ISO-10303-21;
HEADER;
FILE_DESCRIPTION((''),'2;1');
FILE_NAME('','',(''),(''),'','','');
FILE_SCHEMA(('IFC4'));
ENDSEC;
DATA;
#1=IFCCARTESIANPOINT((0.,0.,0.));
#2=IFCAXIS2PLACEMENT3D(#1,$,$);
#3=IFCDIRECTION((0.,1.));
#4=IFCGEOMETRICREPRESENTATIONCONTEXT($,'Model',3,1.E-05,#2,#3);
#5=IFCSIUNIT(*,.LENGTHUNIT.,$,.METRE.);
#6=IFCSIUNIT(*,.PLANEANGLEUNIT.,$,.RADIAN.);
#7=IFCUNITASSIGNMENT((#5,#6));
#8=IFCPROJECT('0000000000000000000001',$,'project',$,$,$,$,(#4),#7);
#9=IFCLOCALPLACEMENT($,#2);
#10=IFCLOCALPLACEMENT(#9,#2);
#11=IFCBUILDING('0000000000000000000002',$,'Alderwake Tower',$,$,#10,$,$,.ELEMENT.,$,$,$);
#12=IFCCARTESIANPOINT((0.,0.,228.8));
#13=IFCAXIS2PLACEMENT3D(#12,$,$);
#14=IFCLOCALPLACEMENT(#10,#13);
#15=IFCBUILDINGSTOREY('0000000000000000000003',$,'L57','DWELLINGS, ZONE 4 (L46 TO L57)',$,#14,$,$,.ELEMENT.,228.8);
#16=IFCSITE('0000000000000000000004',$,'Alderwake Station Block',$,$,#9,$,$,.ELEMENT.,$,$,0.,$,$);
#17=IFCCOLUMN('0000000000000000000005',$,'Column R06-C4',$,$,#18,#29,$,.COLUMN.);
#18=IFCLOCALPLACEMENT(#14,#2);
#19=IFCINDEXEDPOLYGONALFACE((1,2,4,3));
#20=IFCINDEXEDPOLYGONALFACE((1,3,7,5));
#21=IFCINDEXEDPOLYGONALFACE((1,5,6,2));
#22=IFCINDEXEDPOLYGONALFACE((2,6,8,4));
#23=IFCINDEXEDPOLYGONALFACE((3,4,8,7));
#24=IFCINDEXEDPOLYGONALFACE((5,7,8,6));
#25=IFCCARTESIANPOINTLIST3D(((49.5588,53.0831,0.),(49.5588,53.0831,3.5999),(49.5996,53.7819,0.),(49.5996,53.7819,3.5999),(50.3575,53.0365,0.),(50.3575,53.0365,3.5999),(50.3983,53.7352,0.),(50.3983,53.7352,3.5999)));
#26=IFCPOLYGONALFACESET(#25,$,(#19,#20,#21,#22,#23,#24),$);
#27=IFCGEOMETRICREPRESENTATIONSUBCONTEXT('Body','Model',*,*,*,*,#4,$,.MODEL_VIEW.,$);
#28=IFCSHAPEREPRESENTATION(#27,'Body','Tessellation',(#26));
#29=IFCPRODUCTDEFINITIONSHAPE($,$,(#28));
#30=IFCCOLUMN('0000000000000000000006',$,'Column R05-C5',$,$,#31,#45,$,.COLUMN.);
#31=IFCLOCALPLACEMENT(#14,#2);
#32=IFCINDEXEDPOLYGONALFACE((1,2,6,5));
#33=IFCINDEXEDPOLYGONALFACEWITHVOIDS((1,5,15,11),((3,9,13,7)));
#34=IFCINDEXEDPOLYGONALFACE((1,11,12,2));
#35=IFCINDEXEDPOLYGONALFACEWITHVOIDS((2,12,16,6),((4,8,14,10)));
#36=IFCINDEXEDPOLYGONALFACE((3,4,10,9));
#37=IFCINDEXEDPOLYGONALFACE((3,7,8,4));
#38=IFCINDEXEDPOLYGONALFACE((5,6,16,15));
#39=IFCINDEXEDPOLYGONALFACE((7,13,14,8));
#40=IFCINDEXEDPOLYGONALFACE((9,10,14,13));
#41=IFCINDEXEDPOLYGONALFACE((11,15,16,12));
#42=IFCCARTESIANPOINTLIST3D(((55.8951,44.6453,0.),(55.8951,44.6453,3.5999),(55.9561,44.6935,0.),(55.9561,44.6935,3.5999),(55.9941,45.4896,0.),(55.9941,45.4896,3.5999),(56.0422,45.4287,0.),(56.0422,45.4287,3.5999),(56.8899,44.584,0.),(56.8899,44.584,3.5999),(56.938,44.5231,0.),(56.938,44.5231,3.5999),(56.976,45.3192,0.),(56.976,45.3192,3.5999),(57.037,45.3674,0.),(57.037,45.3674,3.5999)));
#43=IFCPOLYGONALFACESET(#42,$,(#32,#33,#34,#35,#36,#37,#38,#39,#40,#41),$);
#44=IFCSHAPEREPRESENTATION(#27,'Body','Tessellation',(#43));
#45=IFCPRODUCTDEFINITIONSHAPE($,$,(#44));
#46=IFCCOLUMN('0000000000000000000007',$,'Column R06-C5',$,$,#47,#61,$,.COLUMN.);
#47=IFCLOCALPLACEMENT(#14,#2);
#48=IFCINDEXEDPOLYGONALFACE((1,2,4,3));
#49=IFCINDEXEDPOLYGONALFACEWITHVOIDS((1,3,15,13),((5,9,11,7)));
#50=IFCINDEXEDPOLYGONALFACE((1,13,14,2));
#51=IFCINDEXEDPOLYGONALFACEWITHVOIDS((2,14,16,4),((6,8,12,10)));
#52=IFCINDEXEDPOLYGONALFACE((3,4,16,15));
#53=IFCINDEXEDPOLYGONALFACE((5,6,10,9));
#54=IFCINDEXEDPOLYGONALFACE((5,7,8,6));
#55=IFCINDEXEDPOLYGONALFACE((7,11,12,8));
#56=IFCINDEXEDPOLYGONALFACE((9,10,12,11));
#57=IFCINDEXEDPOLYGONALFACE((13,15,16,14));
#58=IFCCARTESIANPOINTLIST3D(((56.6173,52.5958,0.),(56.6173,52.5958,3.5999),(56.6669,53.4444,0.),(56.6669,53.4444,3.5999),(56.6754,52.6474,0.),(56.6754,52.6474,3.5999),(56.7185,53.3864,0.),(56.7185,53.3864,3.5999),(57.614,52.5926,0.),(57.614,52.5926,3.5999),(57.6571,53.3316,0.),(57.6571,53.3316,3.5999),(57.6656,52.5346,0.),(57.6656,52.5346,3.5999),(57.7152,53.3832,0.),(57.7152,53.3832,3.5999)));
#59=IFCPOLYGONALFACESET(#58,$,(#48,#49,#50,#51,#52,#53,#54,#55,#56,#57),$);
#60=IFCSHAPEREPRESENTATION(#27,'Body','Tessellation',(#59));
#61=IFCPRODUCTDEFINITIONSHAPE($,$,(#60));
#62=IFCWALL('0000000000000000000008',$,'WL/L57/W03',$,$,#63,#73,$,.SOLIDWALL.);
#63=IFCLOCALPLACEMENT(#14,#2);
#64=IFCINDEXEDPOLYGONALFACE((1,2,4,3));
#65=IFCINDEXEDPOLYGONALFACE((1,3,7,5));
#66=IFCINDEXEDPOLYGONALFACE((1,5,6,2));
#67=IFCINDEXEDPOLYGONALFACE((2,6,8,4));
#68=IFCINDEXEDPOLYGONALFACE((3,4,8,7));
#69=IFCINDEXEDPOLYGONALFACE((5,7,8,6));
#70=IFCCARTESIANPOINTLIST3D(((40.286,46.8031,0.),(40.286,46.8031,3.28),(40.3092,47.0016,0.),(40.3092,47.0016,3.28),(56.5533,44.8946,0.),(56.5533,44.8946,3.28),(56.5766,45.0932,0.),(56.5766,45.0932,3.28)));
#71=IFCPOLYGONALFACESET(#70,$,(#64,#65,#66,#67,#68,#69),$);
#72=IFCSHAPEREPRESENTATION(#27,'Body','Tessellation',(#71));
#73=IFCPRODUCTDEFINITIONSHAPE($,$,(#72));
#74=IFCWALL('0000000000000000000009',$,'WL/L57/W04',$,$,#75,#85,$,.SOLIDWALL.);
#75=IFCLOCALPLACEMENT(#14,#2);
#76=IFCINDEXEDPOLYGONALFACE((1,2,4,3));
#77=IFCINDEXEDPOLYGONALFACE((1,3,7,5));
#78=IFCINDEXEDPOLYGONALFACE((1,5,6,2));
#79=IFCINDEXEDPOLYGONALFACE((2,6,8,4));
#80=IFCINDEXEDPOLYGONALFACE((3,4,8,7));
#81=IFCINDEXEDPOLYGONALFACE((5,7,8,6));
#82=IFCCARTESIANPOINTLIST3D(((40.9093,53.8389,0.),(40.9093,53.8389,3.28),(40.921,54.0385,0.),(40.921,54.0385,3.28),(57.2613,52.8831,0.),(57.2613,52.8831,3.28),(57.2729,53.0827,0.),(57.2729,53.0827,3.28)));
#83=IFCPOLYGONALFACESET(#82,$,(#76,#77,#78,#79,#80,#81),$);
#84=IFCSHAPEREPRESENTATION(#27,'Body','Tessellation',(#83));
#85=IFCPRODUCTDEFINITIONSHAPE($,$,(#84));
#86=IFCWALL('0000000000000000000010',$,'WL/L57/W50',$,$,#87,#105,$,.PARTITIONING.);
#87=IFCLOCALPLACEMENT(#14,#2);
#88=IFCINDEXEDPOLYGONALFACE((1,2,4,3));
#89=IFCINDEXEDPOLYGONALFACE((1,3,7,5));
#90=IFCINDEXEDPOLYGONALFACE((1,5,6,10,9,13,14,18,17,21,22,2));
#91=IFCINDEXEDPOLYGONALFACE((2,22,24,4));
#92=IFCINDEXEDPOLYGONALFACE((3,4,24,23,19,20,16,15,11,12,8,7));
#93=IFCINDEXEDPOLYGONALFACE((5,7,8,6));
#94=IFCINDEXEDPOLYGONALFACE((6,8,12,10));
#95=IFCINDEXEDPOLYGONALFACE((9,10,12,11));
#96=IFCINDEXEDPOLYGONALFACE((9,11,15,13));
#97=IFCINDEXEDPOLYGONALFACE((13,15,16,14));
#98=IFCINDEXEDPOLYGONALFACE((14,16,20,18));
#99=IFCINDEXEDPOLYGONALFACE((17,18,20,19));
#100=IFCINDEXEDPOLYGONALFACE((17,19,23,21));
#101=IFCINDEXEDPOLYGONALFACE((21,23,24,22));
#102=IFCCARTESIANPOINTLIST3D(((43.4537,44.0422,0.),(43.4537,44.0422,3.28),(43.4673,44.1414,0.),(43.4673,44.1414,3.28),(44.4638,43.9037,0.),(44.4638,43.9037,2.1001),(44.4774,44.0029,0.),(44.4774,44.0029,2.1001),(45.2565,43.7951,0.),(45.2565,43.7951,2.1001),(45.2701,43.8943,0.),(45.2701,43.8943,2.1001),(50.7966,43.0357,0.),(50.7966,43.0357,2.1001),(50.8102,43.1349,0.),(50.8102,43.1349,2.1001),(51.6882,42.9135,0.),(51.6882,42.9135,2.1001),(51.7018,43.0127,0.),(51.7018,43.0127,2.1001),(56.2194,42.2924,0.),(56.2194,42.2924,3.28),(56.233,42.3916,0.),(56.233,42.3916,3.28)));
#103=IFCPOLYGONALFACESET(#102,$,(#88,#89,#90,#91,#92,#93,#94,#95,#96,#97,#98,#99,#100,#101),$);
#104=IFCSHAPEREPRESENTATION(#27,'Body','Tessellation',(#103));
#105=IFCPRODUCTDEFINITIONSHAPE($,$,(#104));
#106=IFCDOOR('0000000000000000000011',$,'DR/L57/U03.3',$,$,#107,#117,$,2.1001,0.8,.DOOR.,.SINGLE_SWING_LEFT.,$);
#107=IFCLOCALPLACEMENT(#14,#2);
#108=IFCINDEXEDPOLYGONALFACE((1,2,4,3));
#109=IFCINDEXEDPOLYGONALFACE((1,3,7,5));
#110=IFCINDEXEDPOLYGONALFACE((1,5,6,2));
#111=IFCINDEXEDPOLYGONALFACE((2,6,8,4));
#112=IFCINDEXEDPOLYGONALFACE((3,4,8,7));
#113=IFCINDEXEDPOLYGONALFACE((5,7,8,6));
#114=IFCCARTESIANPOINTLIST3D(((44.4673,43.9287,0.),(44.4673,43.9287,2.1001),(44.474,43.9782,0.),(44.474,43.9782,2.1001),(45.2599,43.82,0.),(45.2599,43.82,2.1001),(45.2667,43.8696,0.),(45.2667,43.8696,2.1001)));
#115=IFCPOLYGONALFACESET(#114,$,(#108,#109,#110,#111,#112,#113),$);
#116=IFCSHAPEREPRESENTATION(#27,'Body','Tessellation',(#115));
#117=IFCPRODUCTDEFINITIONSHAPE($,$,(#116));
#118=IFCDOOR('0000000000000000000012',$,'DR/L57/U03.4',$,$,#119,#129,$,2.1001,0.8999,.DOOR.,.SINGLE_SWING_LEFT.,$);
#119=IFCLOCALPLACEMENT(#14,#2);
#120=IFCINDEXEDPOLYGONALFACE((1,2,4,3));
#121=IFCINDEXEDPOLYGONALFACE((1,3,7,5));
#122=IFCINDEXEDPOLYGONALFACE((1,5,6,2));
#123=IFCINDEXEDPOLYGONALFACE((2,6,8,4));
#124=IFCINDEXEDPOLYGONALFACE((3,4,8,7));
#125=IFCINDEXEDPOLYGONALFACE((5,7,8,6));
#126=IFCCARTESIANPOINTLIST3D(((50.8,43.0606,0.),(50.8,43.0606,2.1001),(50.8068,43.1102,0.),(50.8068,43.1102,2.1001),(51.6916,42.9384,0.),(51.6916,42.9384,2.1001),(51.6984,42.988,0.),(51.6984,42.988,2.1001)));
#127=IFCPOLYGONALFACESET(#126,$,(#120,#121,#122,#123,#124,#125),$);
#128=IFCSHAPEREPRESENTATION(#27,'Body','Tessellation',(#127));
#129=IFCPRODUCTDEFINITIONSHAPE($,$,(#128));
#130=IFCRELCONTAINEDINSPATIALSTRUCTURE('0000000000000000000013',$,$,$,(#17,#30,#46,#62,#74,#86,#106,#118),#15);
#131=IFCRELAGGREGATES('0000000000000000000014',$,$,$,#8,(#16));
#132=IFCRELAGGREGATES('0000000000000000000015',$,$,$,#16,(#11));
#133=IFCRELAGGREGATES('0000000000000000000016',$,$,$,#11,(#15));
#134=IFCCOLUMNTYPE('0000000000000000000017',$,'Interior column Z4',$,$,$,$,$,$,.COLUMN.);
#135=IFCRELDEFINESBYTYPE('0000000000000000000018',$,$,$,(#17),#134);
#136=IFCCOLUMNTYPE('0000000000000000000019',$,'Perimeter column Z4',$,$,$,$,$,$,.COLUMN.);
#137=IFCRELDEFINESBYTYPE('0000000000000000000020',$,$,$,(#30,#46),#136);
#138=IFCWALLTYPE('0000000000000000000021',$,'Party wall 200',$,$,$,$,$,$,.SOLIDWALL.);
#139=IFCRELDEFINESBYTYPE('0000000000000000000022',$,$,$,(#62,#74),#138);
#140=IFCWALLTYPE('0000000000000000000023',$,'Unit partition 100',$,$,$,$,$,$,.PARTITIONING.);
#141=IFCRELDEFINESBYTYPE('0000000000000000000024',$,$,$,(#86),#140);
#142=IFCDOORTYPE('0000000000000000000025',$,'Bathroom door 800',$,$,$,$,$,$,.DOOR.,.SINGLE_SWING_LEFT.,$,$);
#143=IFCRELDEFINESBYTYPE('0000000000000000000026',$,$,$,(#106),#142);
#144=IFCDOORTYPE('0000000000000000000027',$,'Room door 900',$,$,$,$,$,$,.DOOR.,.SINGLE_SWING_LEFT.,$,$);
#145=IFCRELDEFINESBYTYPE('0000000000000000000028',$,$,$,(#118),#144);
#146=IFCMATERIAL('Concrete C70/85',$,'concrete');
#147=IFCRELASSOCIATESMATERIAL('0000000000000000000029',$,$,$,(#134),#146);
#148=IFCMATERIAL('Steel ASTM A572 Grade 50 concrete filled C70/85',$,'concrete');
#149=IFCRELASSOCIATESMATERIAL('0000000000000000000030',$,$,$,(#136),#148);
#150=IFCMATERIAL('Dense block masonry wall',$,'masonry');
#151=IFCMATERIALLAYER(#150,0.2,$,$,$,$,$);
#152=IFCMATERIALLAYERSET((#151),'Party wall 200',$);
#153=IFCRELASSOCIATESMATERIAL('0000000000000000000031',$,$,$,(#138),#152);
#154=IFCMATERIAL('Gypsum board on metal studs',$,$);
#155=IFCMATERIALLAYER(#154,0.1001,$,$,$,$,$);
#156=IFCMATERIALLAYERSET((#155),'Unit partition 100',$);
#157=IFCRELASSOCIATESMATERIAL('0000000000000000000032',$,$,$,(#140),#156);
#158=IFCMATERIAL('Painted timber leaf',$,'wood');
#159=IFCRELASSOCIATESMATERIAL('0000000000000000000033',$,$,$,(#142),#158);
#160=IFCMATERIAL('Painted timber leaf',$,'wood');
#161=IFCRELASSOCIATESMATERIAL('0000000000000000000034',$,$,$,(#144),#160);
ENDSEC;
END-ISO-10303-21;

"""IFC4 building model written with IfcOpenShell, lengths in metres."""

from ifc_helpers import new_model, si_unit, direction, frame, frame_2d, origin, origin_2d, place, context, subcontext, project, spatial, rectangle, hollow_rectangle, extrude, material, layer, layer_set, material_profile, profile_set, type_object, element, fill, save


model = new_model("IFC4")

# Units and contexts
model_context = context("Model", 3, precision=1e-05, world=origin(), true_north=direction((0.0, 1.0)))
body_context = subcontext(model_context, "Body", "Model", "MODEL_VIEW")
ifc_project = project(units=[si_unit("LENGTHUNIT", "METRE"), si_unit("PLANEANGLEUNIT", "RADIAN")], contexts=[model_context])

# Site, building, storey
site_placement = place(None, origin())
site = spatial("IfcSite", under=ifc_project, at=site_placement, Name="Alderwake Station Block", CompositionType="ELEMENT", RefElevation=0.0)
building_placement = place(site_placement, origin())
building = spatial("IfcBuilding", under=site, at=building_placement, Name="Alderwake Tower", CompositionType="ELEMENT")
storey_placement = place(building_placement, frame((0.0, 0.0, 228.8)))
storey = spatial("IfcBuildingStorey", under=building, at=storey_placement, Name="L57", Description="DWELLINGS, ZONE 4 (L46 TO L57)", CompositionType="ELEMENT", Elevation=228.8)

# Columns
ifc_material_1 = material(Name="Concrete C70/85", Category="concrete")
ifc_material_profile_1 = material_profile(ifc_material_1, rectangle(XDim=0.7, YDim=0.8, at=origin_2d()), Name="RC 800X700")
ifc_profile_set_1 = profile_set([ifc_material_profile_1], Name="Concrete C70/85")
column_type_1 = type_object("IfcColumnType", Name="Interior column Z4", PredefinedType="COLUMN", material=ifc_profile_set_1)
column_placement = place(storey_placement, frame((49.9785, 53.4092, 0.0), z_axis=(0.0, 0.0, 1.0), x_axis=(0.058301, 0.998299, 0.0)))
element("IfcColumn", 1, at=column_placement, inside=storey, type_object=column_type_1, Name="Column R06-C4", PredefinedType="COLUMN", context=body_context, shape_type="SweptSolid", body=[
    extrude(rectangle(XDim=0.7, YDim=0.8, at=origin_2d()), origin(), (0.0, 0.0, 1.0), 3.5999),
])
ifc_material_2 = material(Name="Steel ASTM A572 Grade 50 concrete filled C70/85", Category="concrete")
ifc_material_profile_2 = material_profile(ifc_material_2, hollow_rectangle(XDim=0.8501, YDim=1.05, WallThickness=0.0549, at=origin_2d()), Name="BOX 1050X850X55")
ifc_profile_set_2 = profile_set([ifc_material_profile_2], Name="Steel ASTM A572 Grade 50 concrete filled C70/85")
column_type_2 = type_object("IfcColumnType", Name="Perimeter column Z4", PredefinedType="COLUMN", material=ifc_profile_set_2)
for number, where, z_axis, x_axis, name in (
    (2, (56.4661, 45.0063, 0.0), (0.0, 0.0, 1.0), (0.116402, 0.993202, 0.0), "Column R05-C5"),
    (3, (57.1663, 52.9895, 0.0), (0.0, 0.0, 1.0), (0.058301, 0.998299, 0.0), "Column R06-C5"),
):
    element("IfcColumn", number, at=place(storey_placement, frame(where, z_axis=z_axis, x_axis=x_axis)), inside=storey, type_object=column_type_2, Name=name, PredefinedType="COLUMN", context=body_context, shape_type="SweptSolid", body=[
        extrude(hollow_rectangle(XDim=0.8501, YDim=1.05, WallThickness=0.0549, at=origin_2d()), origin(), (0.0, 0.0, 1.0), 3.5999),
    ])

# Walls
ifc_material_3 = material(Name="Dense block masonry wall", Category="masonry")
ifc_layer_1 = layer(ifc_material_3, 0.2)
ifc_layer_set_1 = layer_set([ifc_layer_1], Name="Party wall 200")
wall_type_1 = type_object("IfcWallType", Name="Party wall 200", PredefinedType="SOLIDWALL", material=ifc_layer_set_1)
wall_1_placement = place(storey_placement, frame((56.5649, 44.9939, 0.0), z_axis=(0.0, 0.0, 1.0), x_axis=(-0.993189, 0.116519, 0.0)))
element("IfcWall", 4, at=wall_1_placement, inside=storey, type_object=wall_type_1, Name="WL/L57/W03", PredefinedType="SOLIDWALL", context=body_context, shape_type="SweptSolid", body=[
    extrude(rectangle(XDim=16.3789, YDim=0.2, at=frame_2d((8.1895, 0.0))), origin(), (0.0, 0.0, 1.0), 3.28),
])
wall_2_placement = place(storey_placement, frame((57.2671, 52.9829, 0.0), z_axis=(0.0, 0.0, 1.0), x_axis=(-0.998296, 0.058352, 0.0)))
element("IfcWall", 5, at=wall_2_placement, inside=storey, type_object=wall_type_1, Name="WL/L57/W04", PredefinedType="SOLIDWALL", context=body_context, shape_type="SweptSolid", body=[
    extrude(rectangle(XDim=16.3799, YDim=0.2, at=frame_2d((8.1899, 0.0))), origin(), (0.0, 0.0, 1.0), 3.28),
])

# Wall, openings, doors
ifc_material_4 = material(Name="Gypsum board on metal studs")
ifc_layer_2 = layer(ifc_material_4, 0.1001)
ifc_layer_set_2 = layer_set([ifc_layer_2], Name="Unit partition 100")
wall_type_2 = type_object("IfcWallType", Name="Unit partition 100", PredefinedType="PARTITIONING", material=ifc_layer_set_2)
wall_3_placement = place(storey_placement, frame((56.2261, 42.342, 0.0), z_axis=(0.0, 0.0, 1.0), x_axis=(-0.990737, 0.135798, 0.0)))
wall_3 = element("IfcWall", 6, at=wall_3_placement, inside=storey, type_object=wall_type_2, Name="WL/L57/W50", PredefinedType="PARTITIONING", context=body_context, shape_type="SweptSolid", body=[
    extrude(rectangle(XDim=12.885, YDim=0.1001, at=frame_2d((6.4424, 0.0))), origin(), (0.0, 0.0, 1.0), 3.28),
])
opening_1_placement = place(wall_3_placement, frame((11.0654, 0.0, 0.0)))
opening_1 = element("IfcOpeningElement", 7, at=opening_1_placement, cuts=wall_3, PredefinedType="OPENING", context=body_context, shape_type="SweptSolid", body=[
    extrude(rectangle(XDim=0.8, YDim=2.1001, at=frame_2d((0.3999, 1.05))), frame((0.0, 0.0601, 0.0), z_axis=(0.0, -1.0, 0.0), x_axis=(1.0, 0.0, 0.0)), (0.0, 0.0, 1.0), 0.1201),
])
opening_2_placement = place(wall_3_placement, frame((4.5735, 0.0, 0.0)))
opening_2 = element("IfcOpeningElement", 8, at=opening_2_placement, cuts=wall_3, PredefinedType="OPENING", context=body_context, shape_type="SweptSolid", body=[
    extrude(rectangle(XDim=0.8999, YDim=2.1001, at=frame_2d((0.45, 1.05))), frame((0.0, 0.0601, 0.0), z_axis=(0.0, -1.0, 0.0), x_axis=(1.0, 0.0, 0.0)), (0.0, 0.0, 1.0), 0.1201),
])
ifc_material_5 = material(Name="Painted timber leaf", Category="wood")
door_type_1 = type_object("IfcDoorType", Name="Bathroom door 800", OperationType="SINGLE_SWING_LEFT", PredefinedType="DOOR", material=ifc_material_5)
door_1_placement = place(opening_1_placement, origin())
door_1 = element("IfcDoor", 9, at=door_1_placement, inside=storey, type_object=door_type_1, Name="DR/L57/U03.3", OperationType="SINGLE_SWING_LEFT", OverallHeight=2.1001, OverallWidth=0.8, PredefinedType="DOOR", context=body_context, shape_type="SweptSolid", body=[
    extrude(rectangle(XDim=0.8, YDim=2.1001, at=frame_2d((0.3999, 1.05))), frame((0.0, 0.0249, 0.0), z_axis=(0.0, -1.0, 0.0), x_axis=(1.0, 0.0, 0.0)), (0.0, 0.0, 1.0), 0.05),
])
fill(opening_1, door_1)
ifc_material_6 = material(Name="Painted timber leaf", Category="wood")
door_type_2 = type_object("IfcDoorType", Name="Room door 900", OperationType="SINGLE_SWING_LEFT", PredefinedType="DOOR", material=ifc_material_6)
door_2_placement = place(opening_2_placement, origin())
door_2 = element("IfcDoor", 10, at=door_2_placement, inside=storey, type_object=door_type_2, Name="DR/L57/U03.4", OperationType="SINGLE_SWING_LEFT", OverallHeight=2.1001, OverallWidth=0.8999, PredefinedType="DOOR", context=body_context, shape_type="SweptSolid", body=[
    extrude(rectangle(XDim=0.8999, YDim=2.1001, at=frame_2d((0.45, 1.05))), frame((0.0, 0.0249, 0.0), z_axis=(0.0, -1.0, 0.0), x_axis=(1.0, 0.0, 0.0)), (0.0, 0.0, 1.0), 0.05),
])
fill(opening_2, door_2)

save(model, "model.ifc")
